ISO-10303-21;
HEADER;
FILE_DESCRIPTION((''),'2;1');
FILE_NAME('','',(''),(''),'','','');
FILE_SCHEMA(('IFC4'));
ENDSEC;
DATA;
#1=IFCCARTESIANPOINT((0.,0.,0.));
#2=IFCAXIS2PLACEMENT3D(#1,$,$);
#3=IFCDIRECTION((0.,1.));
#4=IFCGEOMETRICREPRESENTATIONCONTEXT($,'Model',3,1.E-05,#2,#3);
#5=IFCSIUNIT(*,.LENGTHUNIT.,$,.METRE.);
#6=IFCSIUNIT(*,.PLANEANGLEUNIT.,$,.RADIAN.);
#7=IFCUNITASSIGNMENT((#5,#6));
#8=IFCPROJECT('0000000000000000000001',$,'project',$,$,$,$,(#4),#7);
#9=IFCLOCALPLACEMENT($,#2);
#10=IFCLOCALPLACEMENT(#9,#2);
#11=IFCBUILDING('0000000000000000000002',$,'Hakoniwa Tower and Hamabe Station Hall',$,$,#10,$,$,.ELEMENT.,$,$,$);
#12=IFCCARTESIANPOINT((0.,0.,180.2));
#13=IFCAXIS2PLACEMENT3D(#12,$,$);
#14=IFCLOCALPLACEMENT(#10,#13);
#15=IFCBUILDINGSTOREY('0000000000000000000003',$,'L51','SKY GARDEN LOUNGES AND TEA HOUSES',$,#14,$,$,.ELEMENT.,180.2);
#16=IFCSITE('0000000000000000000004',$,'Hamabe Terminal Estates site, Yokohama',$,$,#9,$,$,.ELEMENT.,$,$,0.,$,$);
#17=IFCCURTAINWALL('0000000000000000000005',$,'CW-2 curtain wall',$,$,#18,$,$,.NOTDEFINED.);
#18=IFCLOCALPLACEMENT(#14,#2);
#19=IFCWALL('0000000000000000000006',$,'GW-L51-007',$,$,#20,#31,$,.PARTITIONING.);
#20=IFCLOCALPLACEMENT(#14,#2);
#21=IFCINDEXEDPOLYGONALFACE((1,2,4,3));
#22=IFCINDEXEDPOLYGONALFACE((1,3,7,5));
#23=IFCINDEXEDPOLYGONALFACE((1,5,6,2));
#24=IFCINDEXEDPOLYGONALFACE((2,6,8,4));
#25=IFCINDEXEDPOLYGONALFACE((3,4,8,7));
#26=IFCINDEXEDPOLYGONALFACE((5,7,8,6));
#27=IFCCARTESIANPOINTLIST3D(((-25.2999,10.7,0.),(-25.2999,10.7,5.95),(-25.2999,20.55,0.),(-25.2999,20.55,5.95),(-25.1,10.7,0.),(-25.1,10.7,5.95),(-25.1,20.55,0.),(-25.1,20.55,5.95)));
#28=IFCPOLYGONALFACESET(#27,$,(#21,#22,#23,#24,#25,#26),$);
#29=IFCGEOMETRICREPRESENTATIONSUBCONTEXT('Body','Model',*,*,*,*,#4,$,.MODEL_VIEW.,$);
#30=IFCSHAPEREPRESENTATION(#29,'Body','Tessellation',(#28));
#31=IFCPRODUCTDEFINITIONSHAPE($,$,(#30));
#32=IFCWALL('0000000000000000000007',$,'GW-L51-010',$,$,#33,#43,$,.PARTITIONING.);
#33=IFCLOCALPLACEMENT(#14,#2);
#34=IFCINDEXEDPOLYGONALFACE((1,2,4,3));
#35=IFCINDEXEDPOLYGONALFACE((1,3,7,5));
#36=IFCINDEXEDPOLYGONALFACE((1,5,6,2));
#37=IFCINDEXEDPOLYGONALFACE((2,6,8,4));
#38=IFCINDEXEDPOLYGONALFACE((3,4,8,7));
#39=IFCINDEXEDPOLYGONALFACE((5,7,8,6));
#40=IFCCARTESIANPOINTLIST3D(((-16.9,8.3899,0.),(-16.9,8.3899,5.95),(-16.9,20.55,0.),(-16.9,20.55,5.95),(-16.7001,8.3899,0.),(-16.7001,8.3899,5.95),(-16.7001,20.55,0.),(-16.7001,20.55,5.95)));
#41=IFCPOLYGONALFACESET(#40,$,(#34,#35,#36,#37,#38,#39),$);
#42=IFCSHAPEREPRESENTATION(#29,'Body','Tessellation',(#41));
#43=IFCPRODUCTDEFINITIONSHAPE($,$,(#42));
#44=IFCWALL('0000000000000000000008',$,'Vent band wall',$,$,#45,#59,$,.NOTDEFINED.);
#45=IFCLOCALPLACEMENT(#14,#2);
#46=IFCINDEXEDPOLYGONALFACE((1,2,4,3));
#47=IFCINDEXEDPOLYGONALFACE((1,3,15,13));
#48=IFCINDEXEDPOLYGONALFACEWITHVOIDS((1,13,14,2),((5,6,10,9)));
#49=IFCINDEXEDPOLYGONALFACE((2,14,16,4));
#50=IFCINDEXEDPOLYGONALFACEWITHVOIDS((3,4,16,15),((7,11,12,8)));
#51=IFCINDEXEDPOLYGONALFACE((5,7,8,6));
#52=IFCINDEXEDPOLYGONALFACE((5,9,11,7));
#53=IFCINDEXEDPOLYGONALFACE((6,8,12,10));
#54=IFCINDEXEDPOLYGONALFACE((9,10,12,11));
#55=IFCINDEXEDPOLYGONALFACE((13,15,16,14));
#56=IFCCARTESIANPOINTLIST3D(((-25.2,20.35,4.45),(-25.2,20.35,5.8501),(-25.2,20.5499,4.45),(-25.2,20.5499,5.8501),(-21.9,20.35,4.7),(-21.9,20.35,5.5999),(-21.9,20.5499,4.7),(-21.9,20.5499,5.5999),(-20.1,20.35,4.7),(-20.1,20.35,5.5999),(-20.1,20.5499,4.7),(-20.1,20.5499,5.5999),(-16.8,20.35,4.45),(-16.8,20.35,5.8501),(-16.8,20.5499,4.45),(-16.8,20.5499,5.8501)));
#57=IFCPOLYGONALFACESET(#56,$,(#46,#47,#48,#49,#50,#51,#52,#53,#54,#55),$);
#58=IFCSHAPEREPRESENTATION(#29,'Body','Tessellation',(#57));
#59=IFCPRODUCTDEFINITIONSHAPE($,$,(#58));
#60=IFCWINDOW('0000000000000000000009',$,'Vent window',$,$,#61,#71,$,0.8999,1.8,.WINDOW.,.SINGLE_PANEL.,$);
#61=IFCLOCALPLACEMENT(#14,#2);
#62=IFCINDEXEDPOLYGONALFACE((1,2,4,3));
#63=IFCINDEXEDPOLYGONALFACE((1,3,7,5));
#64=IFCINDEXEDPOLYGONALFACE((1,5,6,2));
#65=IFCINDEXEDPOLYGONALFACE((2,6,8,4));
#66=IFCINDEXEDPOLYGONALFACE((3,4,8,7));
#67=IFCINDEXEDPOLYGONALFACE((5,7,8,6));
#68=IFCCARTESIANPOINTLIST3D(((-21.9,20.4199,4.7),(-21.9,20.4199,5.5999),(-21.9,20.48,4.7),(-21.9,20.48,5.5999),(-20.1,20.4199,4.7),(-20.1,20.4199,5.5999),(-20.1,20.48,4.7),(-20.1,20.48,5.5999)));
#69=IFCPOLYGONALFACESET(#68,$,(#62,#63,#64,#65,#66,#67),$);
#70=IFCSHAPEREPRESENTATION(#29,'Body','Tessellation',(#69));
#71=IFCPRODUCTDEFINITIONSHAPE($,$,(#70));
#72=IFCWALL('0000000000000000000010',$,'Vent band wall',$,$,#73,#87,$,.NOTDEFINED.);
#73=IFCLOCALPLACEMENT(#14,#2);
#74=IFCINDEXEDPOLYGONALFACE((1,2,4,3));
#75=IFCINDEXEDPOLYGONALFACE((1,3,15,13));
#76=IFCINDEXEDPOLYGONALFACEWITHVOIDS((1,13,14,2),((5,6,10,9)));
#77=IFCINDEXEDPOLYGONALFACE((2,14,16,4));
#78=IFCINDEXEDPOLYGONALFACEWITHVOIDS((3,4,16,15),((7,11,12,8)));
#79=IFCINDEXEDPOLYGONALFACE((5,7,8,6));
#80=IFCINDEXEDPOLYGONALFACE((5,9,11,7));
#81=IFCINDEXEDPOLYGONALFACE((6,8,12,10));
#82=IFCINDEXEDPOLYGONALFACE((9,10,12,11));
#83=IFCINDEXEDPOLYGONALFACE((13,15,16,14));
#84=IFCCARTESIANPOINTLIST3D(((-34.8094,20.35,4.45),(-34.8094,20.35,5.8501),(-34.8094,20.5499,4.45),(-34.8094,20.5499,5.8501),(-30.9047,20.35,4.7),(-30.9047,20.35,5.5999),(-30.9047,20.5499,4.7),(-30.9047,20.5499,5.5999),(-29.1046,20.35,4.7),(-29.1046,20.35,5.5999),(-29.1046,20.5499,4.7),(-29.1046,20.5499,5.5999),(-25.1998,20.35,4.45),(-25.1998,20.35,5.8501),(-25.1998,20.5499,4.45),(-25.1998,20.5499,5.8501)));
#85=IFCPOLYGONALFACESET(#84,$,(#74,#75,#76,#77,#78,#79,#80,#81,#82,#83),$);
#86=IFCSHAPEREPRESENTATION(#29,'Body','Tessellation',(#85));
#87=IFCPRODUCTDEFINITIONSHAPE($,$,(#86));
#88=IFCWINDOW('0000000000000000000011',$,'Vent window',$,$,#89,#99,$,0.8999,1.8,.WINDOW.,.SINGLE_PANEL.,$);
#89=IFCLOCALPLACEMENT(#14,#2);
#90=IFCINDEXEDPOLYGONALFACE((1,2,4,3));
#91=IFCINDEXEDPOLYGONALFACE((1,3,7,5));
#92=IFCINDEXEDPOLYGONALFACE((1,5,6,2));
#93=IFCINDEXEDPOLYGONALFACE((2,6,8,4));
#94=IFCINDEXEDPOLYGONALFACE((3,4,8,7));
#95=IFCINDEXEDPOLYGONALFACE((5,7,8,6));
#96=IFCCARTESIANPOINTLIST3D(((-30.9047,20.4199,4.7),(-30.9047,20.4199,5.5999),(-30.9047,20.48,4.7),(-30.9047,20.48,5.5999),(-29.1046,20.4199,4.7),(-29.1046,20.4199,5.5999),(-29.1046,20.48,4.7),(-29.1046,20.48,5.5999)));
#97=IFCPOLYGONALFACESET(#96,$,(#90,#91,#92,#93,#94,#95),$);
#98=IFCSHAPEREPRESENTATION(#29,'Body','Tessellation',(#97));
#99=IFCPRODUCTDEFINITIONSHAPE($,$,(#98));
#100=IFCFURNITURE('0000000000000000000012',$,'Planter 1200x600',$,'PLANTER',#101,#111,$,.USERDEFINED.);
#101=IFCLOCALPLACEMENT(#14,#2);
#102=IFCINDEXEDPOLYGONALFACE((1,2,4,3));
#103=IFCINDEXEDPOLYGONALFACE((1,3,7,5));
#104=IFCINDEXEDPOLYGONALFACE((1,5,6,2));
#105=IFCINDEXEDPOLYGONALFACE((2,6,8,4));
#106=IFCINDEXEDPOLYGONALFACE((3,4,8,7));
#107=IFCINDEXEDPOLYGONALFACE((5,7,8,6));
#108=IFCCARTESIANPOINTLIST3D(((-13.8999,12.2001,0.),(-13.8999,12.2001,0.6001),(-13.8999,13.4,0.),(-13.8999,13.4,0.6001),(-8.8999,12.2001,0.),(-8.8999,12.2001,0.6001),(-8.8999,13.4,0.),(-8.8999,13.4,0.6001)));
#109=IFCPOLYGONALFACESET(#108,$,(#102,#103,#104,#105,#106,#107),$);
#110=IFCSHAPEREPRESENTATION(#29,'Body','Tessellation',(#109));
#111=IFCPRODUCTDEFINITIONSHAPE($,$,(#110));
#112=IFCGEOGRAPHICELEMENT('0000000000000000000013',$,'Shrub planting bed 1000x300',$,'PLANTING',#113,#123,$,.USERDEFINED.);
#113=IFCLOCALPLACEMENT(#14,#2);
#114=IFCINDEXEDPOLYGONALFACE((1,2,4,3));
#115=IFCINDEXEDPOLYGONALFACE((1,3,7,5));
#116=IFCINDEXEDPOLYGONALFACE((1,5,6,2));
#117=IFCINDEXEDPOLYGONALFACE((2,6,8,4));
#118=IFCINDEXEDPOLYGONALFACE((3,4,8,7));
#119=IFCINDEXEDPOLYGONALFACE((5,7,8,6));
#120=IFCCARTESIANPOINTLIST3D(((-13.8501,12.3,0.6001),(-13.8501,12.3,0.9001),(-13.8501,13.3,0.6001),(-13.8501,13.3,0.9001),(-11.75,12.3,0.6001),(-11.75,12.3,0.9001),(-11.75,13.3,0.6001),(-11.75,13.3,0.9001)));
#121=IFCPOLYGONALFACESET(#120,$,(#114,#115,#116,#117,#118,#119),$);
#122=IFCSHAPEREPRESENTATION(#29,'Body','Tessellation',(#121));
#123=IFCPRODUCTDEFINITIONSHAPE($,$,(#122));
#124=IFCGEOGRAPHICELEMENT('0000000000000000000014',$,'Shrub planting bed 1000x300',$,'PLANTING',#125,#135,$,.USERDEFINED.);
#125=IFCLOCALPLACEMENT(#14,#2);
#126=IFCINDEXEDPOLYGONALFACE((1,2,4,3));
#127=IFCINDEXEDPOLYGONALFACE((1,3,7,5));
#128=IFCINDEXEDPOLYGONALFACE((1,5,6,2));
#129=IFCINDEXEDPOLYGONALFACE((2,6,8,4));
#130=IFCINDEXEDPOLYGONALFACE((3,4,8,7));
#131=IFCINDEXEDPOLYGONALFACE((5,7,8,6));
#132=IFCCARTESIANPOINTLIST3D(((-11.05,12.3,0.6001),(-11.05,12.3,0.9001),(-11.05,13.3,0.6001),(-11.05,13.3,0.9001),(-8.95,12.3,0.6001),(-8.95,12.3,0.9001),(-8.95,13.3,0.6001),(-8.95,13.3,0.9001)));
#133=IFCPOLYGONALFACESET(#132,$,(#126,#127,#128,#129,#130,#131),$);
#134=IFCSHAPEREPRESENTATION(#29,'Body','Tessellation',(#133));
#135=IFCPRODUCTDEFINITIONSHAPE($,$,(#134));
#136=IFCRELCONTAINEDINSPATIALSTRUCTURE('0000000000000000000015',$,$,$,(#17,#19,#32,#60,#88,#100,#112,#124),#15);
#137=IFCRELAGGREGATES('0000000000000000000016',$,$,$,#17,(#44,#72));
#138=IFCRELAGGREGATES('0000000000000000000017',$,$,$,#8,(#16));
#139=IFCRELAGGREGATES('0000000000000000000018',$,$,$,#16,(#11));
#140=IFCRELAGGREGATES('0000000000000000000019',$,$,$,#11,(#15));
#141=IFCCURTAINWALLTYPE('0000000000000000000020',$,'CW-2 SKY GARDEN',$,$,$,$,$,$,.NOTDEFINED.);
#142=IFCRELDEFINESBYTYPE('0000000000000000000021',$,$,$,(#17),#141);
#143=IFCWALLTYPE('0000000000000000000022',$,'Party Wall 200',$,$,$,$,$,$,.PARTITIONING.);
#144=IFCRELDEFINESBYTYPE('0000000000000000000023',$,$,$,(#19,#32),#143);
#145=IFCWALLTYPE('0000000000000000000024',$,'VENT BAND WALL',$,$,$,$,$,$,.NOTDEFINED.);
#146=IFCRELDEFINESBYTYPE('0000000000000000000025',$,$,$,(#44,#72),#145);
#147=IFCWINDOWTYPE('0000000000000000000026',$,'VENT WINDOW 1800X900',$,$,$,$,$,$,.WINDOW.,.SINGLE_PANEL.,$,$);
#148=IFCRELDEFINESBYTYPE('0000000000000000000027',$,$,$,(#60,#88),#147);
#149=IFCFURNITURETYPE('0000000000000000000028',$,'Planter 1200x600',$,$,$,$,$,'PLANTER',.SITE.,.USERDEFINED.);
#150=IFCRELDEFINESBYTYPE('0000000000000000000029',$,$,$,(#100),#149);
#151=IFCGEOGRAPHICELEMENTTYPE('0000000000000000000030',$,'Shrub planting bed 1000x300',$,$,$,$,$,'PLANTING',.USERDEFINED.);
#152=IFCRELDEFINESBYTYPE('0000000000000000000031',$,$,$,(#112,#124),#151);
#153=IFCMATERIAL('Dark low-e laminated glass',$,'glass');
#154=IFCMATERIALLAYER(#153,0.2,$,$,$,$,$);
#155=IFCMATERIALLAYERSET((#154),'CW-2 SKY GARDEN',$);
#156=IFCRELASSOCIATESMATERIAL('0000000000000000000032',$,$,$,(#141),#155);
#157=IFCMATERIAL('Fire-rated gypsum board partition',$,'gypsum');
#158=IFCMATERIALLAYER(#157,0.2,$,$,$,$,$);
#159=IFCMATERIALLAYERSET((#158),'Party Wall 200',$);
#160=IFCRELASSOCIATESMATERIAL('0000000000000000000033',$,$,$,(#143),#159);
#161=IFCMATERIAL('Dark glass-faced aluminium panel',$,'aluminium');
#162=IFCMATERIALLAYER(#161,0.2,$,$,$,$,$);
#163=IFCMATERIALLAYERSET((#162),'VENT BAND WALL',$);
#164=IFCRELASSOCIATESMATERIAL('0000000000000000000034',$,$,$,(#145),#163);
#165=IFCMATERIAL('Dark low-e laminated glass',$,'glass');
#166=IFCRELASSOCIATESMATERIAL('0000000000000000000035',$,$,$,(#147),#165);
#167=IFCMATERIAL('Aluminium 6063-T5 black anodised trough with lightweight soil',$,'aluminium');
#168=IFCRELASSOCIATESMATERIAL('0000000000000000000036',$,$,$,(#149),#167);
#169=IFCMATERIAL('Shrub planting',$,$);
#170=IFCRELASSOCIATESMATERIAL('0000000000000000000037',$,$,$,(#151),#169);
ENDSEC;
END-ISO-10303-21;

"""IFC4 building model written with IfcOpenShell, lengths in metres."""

from ifc_helpers import new_model, si_unit, direction, frame, frame_2d, origin, origin_2d, place, context, subcontext, project, spatial, rectangle, extrude, material, layer, layer_set, type_object, element, fill, aggregate, save


model = new_model("IFC4")

# Units and contexts
model_context = context("Model", 3, precision=1e-05, world=origin(), true_north=direction((0.0, 1.0)))
body_context = subcontext(model_context, "Body", "Model", "MODEL_VIEW")
ifc_project = project(units=[si_unit("LENGTHUNIT", "METRE"), si_unit("PLANEANGLEUNIT", "RADIAN")], contexts=[model_context])

# Site, building, storey
site_placement = place(None, origin())
site = spatial("IfcSite", under=ifc_project, at=site_placement, Name="Hamabe Terminal Estates site, Yokohama", CompositionType="ELEMENT", RefElevation=0.0)
building_placement = place(site_placement, origin())
building = spatial("IfcBuilding", under=site, at=building_placement, Name="Hakoniwa Tower and Hamabe Station Hall", CompositionType="ELEMENT")
storey_placement = place(building_placement, frame((0.0, 0.0, 180.2)))
storey = spatial("IfcBuildingStorey", under=building, at=storey_placement, Name="L51", Description="SKY GARDEN LOUNGES AND TEA HOUSES", CompositionType="ELEMENT", Elevation=180.2)

# Curtain wall
ifc_material_1 = material(Name="Dark low-e laminated glass", Category="glass")
ifc_layer_1 = layer(ifc_material_1, 0.2)
ifc_layer_set_1 = layer_set([ifc_layer_1], Name="CW-2 SKY GARDEN")
curtain_wall_type = type_object("IfcCurtainWallType", Name="CW-2 SKY GARDEN", PredefinedType="NOTDEFINED", material=ifc_layer_set_1)
curtain_wall_placement = place(storey_placement, origin())
curtain_wall = element("IfcCurtainWall", 1, at=curtain_wall_placement, inside=storey, type_object=curtain_wall_type, Name="CW-2 curtain wall", PredefinedType="NOTDEFINED")

# Walls
ifc_material_2 = material(Name="Fire-rated gypsum board partition", Category="gypsum")
ifc_layer_2 = layer(ifc_material_2, 0.2)
ifc_layer_set_2 = layer_set([ifc_layer_2], Name="Party Wall 200")
wall_type_1 = type_object("IfcWallType", Name="Party Wall 200", PredefinedType="PARTITIONING", material=ifc_layer_set_2)
wall_1_placement = place(storey_placement, frame((-25.2, 10.7, 0.0), z_axis=(0.0, 0.0, 1.0), x_axis=(0.0, 1.0, 0.0)))
element("IfcWall", 2, at=wall_1_placement, inside=storey, type_object=wall_type_1, Name="GW-L51-007", PredefinedType="PARTITIONING", context=body_context, shape_type="SweptSolid", body=[
    extrude(rectangle(XDim=9.8501, YDim=0.2, at=frame_2d((4.925, 0.0))), origin(), (0.0, 0.0, 1.0), 5.95),
])
wall_2_placement = place(storey_placement, frame((-16.8, 8.3899, 0.0), z_axis=(0.0, 0.0, 1.0), x_axis=(0.0, 1.0, 0.0)))
element("IfcWall", 3, at=wall_2_placement, inside=storey, type_object=wall_type_1, Name="GW-L51-010", PredefinedType="PARTITIONING", context=body_context, shape_type="SweptSolid", body=[
    extrude(rectangle(XDim=12.1602, YDim=0.2, at=frame_2d((6.0801, 0.0))), origin(), (0.0, 0.0, 1.0), 5.95),
])

# Walls, openings, windows
ifc_material_3 = material(Name="Dark glass-faced aluminium panel", Category="aluminium")
ifc_layer_3 = layer(ifc_material_3, 0.2)
ifc_layer_set_3 = layer_set([ifc_layer_3], Name="VENT BAND WALL")
wall_type_2 = type_object("IfcWallType", Name="VENT BAND WALL", PredefinedType="NOTDEFINED", material=ifc_layer_set_3)
wall_3_placement = place(storey_placement, frame((-16.8, 20.45, 4.45), z_axis=(0.0, 0.0, 1.0), x_axis=(-1.0, 0.0, 0.0)))
wall_3 = element("IfcWall", 4, at=wall_3_placement, type_object=wall_type_2, Name="Vent band wall", PredefinedType="NOTDEFINED", context=body_context, shape_type="SweptSolid", body=[
    extrude(rectangle(XDim=8.3999, YDim=0.2, at=frame_2d((4.2, 0.0))), origin(), (0.0, 0.0, 1.0), 1.4001),
])
opening_1_placement = place(wall_3_placement, frame((3.3, 0.0, 0.25)))
opening_1 = element("IfcOpeningElement", 5, at=opening_1_placement, cuts=wall_3, PredefinedType="OPENING", context=body_context, shape_type="SweptSolid", body=[
    extrude(rectangle(XDim=1.8, YDim=0.8999, at=frame_2d((0.8999, 0.45))), frame((0.0, 0.1099, 0.0), z_axis=(0.0, -1.0, 0.0), x_axis=(1.0, 0.0, 0.0)), (0.0, 0.0, 1.0), 0.22),
])
ifc_material_4 = material(Name="Dark low-e laminated glass", Category="glass")
window_type = type_object("IfcWindowType", Name="VENT WINDOW 1800X900", PartitioningType="SINGLE_PANEL", PredefinedType="WINDOW", material=ifc_material_4)
window_1_placement = place(opening_1_placement, origin())
window_1 = element("IfcWindow", 6, at=window_1_placement, inside=storey, type_object=window_type, Name="Vent window", OverallHeight=0.8999, OverallWidth=1.8, PartitioningType="SINGLE_PANEL", PredefinedType="WINDOW", context=body_context, shape_type="SweptSolid", body=[
    extrude(rectangle(XDim=1.8, YDim=0.8999, at=frame_2d((0.8999, 0.45))), frame((0.0, 0.03, 0.0), z_axis=(0.0, -1.0, 0.0), x_axis=(1.0, 0.0, 0.0)), (0.0, 0.0, 1.0), 0.0601),
])
fill(opening_1, window_1)
wall_4_placement = place(storey_placement, frame((-25.2, 20.45, 4.45), z_axis=(0.0, 0.0, 1.0), x_axis=(-1.0, 0.0, 0.0)))
wall_4 = element("IfcWall", 7, at=wall_4_placement, type_object=wall_type_2, Name="Vent band wall", PredefinedType="NOTDEFINED", context=body_context, shape_type="SweptSolid", body=[
    extrude(rectangle(XDim=9.6096, YDim=0.2, at=frame_2d((4.8047, 0.0))), origin(), (0.0, 0.0, 1.0), 1.4001),
])
opening_2_placement = place(wall_4_placement, frame((3.9048, 0.0, 0.25)))
opening_2 = element("IfcOpeningElement", 8, at=opening_2_placement, cuts=wall_4, PredefinedType="OPENING", context=body_context, shape_type="SweptSolid", body=[
    extrude(rectangle(XDim=1.8, YDim=0.8999, at=frame_2d((0.8999, 0.45))), frame((0.0, 0.1099, 0.0), z_axis=(0.0, -1.0, 0.0), x_axis=(1.0, 0.0, 0.0)), (0.0, 0.0, 1.0), 0.22),
])
window_2_placement = place(opening_2_placement, origin())
window_2 = element("IfcWindow", 9, at=window_2_placement, inside=storey, type_object=window_type, Name="Vent window", OverallHeight=0.8999, OverallWidth=1.8, PartitioningType="SINGLE_PANEL", PredefinedType="WINDOW", context=body_context, shape_type="SweptSolid", body=[
    extrude(rectangle(XDim=1.8, YDim=0.8999, at=frame_2d((0.8999, 0.45))), frame((0.0, 0.03, 0.0), z_axis=(0.0, -1.0, 0.0), x_axis=(1.0, 0.0, 0.0)), (0.0, 0.0, 1.0), 0.0601),
])
fill(opening_2, window_2)
aggregate(curtain_wall, [wall_3, wall_4])

# Furniture
ifc_material_5 = material(Name="Aluminium 6063-T5 black anodised trough with lightweight soil", Category="aluminium")
furniture_type = type_object("IfcFurnitureType", Name="Planter 1200x600", ElementType="PLANTER", AssemblyPlace="SITE", PredefinedType="USERDEFINED", material=ifc_material_5)
furniture_placement = place(storey_placement, frame((-11.3999, 12.8, 0.0), z_axis=(0.0, 0.0, 1.0), x_axis=(1.0, 0.0, 0.0)))
element("IfcFurniture", 10, at=furniture_placement, inside=storey, type_object=furniture_type, Name="Planter 1200x600", ObjectType="PLANTER", PredefinedType="USERDEFINED", context=body_context, shape_type="SweptSolid", body=[
    extrude(rectangle(XDim=5.0, YDim=1.2, at=origin_2d()), origin(), (0.0, 0.0, 1.0), 0.6001),
])

# Geographic elements
ifc_material_6 = material(Name="Shrub planting")
geographic_element_type = type_object("IfcGeographicElementType", Name="Shrub planting bed 1000x300", ElementType="PLANTING", PredefinedType="USERDEFINED", material=ifc_material_6)
for number, where, z_axis, x_axis, name in (
    (11, (-12.8, 12.8, 0.6001), (0.0, 0.0, 1.0), (1.0, 0.0, 0.0), "Shrub planting bed 1000x300"),
    (12, (-10.0, 12.8, 0.6001), (0.0, 0.0, 1.0), (1.0, 0.0, 0.0), "Shrub planting bed 1000x300"),
):
    element("IfcGeographicElement", number, at=place(storey_placement, frame(where, z_axis=z_axis, x_axis=x_axis)), inside=storey, type_object=geographic_element_type, Name=name, ObjectType="PLANTING", PredefinedType="USERDEFINED", context=body_context, shape_type="SweptSolid", body=[
        extrude(rectangle(XDim=2.1001, YDim=1.0, at=origin_2d()), origin(), (0.0, 0.0, 1.0), 0.3),
    ])

save(model, "model.ifc")
